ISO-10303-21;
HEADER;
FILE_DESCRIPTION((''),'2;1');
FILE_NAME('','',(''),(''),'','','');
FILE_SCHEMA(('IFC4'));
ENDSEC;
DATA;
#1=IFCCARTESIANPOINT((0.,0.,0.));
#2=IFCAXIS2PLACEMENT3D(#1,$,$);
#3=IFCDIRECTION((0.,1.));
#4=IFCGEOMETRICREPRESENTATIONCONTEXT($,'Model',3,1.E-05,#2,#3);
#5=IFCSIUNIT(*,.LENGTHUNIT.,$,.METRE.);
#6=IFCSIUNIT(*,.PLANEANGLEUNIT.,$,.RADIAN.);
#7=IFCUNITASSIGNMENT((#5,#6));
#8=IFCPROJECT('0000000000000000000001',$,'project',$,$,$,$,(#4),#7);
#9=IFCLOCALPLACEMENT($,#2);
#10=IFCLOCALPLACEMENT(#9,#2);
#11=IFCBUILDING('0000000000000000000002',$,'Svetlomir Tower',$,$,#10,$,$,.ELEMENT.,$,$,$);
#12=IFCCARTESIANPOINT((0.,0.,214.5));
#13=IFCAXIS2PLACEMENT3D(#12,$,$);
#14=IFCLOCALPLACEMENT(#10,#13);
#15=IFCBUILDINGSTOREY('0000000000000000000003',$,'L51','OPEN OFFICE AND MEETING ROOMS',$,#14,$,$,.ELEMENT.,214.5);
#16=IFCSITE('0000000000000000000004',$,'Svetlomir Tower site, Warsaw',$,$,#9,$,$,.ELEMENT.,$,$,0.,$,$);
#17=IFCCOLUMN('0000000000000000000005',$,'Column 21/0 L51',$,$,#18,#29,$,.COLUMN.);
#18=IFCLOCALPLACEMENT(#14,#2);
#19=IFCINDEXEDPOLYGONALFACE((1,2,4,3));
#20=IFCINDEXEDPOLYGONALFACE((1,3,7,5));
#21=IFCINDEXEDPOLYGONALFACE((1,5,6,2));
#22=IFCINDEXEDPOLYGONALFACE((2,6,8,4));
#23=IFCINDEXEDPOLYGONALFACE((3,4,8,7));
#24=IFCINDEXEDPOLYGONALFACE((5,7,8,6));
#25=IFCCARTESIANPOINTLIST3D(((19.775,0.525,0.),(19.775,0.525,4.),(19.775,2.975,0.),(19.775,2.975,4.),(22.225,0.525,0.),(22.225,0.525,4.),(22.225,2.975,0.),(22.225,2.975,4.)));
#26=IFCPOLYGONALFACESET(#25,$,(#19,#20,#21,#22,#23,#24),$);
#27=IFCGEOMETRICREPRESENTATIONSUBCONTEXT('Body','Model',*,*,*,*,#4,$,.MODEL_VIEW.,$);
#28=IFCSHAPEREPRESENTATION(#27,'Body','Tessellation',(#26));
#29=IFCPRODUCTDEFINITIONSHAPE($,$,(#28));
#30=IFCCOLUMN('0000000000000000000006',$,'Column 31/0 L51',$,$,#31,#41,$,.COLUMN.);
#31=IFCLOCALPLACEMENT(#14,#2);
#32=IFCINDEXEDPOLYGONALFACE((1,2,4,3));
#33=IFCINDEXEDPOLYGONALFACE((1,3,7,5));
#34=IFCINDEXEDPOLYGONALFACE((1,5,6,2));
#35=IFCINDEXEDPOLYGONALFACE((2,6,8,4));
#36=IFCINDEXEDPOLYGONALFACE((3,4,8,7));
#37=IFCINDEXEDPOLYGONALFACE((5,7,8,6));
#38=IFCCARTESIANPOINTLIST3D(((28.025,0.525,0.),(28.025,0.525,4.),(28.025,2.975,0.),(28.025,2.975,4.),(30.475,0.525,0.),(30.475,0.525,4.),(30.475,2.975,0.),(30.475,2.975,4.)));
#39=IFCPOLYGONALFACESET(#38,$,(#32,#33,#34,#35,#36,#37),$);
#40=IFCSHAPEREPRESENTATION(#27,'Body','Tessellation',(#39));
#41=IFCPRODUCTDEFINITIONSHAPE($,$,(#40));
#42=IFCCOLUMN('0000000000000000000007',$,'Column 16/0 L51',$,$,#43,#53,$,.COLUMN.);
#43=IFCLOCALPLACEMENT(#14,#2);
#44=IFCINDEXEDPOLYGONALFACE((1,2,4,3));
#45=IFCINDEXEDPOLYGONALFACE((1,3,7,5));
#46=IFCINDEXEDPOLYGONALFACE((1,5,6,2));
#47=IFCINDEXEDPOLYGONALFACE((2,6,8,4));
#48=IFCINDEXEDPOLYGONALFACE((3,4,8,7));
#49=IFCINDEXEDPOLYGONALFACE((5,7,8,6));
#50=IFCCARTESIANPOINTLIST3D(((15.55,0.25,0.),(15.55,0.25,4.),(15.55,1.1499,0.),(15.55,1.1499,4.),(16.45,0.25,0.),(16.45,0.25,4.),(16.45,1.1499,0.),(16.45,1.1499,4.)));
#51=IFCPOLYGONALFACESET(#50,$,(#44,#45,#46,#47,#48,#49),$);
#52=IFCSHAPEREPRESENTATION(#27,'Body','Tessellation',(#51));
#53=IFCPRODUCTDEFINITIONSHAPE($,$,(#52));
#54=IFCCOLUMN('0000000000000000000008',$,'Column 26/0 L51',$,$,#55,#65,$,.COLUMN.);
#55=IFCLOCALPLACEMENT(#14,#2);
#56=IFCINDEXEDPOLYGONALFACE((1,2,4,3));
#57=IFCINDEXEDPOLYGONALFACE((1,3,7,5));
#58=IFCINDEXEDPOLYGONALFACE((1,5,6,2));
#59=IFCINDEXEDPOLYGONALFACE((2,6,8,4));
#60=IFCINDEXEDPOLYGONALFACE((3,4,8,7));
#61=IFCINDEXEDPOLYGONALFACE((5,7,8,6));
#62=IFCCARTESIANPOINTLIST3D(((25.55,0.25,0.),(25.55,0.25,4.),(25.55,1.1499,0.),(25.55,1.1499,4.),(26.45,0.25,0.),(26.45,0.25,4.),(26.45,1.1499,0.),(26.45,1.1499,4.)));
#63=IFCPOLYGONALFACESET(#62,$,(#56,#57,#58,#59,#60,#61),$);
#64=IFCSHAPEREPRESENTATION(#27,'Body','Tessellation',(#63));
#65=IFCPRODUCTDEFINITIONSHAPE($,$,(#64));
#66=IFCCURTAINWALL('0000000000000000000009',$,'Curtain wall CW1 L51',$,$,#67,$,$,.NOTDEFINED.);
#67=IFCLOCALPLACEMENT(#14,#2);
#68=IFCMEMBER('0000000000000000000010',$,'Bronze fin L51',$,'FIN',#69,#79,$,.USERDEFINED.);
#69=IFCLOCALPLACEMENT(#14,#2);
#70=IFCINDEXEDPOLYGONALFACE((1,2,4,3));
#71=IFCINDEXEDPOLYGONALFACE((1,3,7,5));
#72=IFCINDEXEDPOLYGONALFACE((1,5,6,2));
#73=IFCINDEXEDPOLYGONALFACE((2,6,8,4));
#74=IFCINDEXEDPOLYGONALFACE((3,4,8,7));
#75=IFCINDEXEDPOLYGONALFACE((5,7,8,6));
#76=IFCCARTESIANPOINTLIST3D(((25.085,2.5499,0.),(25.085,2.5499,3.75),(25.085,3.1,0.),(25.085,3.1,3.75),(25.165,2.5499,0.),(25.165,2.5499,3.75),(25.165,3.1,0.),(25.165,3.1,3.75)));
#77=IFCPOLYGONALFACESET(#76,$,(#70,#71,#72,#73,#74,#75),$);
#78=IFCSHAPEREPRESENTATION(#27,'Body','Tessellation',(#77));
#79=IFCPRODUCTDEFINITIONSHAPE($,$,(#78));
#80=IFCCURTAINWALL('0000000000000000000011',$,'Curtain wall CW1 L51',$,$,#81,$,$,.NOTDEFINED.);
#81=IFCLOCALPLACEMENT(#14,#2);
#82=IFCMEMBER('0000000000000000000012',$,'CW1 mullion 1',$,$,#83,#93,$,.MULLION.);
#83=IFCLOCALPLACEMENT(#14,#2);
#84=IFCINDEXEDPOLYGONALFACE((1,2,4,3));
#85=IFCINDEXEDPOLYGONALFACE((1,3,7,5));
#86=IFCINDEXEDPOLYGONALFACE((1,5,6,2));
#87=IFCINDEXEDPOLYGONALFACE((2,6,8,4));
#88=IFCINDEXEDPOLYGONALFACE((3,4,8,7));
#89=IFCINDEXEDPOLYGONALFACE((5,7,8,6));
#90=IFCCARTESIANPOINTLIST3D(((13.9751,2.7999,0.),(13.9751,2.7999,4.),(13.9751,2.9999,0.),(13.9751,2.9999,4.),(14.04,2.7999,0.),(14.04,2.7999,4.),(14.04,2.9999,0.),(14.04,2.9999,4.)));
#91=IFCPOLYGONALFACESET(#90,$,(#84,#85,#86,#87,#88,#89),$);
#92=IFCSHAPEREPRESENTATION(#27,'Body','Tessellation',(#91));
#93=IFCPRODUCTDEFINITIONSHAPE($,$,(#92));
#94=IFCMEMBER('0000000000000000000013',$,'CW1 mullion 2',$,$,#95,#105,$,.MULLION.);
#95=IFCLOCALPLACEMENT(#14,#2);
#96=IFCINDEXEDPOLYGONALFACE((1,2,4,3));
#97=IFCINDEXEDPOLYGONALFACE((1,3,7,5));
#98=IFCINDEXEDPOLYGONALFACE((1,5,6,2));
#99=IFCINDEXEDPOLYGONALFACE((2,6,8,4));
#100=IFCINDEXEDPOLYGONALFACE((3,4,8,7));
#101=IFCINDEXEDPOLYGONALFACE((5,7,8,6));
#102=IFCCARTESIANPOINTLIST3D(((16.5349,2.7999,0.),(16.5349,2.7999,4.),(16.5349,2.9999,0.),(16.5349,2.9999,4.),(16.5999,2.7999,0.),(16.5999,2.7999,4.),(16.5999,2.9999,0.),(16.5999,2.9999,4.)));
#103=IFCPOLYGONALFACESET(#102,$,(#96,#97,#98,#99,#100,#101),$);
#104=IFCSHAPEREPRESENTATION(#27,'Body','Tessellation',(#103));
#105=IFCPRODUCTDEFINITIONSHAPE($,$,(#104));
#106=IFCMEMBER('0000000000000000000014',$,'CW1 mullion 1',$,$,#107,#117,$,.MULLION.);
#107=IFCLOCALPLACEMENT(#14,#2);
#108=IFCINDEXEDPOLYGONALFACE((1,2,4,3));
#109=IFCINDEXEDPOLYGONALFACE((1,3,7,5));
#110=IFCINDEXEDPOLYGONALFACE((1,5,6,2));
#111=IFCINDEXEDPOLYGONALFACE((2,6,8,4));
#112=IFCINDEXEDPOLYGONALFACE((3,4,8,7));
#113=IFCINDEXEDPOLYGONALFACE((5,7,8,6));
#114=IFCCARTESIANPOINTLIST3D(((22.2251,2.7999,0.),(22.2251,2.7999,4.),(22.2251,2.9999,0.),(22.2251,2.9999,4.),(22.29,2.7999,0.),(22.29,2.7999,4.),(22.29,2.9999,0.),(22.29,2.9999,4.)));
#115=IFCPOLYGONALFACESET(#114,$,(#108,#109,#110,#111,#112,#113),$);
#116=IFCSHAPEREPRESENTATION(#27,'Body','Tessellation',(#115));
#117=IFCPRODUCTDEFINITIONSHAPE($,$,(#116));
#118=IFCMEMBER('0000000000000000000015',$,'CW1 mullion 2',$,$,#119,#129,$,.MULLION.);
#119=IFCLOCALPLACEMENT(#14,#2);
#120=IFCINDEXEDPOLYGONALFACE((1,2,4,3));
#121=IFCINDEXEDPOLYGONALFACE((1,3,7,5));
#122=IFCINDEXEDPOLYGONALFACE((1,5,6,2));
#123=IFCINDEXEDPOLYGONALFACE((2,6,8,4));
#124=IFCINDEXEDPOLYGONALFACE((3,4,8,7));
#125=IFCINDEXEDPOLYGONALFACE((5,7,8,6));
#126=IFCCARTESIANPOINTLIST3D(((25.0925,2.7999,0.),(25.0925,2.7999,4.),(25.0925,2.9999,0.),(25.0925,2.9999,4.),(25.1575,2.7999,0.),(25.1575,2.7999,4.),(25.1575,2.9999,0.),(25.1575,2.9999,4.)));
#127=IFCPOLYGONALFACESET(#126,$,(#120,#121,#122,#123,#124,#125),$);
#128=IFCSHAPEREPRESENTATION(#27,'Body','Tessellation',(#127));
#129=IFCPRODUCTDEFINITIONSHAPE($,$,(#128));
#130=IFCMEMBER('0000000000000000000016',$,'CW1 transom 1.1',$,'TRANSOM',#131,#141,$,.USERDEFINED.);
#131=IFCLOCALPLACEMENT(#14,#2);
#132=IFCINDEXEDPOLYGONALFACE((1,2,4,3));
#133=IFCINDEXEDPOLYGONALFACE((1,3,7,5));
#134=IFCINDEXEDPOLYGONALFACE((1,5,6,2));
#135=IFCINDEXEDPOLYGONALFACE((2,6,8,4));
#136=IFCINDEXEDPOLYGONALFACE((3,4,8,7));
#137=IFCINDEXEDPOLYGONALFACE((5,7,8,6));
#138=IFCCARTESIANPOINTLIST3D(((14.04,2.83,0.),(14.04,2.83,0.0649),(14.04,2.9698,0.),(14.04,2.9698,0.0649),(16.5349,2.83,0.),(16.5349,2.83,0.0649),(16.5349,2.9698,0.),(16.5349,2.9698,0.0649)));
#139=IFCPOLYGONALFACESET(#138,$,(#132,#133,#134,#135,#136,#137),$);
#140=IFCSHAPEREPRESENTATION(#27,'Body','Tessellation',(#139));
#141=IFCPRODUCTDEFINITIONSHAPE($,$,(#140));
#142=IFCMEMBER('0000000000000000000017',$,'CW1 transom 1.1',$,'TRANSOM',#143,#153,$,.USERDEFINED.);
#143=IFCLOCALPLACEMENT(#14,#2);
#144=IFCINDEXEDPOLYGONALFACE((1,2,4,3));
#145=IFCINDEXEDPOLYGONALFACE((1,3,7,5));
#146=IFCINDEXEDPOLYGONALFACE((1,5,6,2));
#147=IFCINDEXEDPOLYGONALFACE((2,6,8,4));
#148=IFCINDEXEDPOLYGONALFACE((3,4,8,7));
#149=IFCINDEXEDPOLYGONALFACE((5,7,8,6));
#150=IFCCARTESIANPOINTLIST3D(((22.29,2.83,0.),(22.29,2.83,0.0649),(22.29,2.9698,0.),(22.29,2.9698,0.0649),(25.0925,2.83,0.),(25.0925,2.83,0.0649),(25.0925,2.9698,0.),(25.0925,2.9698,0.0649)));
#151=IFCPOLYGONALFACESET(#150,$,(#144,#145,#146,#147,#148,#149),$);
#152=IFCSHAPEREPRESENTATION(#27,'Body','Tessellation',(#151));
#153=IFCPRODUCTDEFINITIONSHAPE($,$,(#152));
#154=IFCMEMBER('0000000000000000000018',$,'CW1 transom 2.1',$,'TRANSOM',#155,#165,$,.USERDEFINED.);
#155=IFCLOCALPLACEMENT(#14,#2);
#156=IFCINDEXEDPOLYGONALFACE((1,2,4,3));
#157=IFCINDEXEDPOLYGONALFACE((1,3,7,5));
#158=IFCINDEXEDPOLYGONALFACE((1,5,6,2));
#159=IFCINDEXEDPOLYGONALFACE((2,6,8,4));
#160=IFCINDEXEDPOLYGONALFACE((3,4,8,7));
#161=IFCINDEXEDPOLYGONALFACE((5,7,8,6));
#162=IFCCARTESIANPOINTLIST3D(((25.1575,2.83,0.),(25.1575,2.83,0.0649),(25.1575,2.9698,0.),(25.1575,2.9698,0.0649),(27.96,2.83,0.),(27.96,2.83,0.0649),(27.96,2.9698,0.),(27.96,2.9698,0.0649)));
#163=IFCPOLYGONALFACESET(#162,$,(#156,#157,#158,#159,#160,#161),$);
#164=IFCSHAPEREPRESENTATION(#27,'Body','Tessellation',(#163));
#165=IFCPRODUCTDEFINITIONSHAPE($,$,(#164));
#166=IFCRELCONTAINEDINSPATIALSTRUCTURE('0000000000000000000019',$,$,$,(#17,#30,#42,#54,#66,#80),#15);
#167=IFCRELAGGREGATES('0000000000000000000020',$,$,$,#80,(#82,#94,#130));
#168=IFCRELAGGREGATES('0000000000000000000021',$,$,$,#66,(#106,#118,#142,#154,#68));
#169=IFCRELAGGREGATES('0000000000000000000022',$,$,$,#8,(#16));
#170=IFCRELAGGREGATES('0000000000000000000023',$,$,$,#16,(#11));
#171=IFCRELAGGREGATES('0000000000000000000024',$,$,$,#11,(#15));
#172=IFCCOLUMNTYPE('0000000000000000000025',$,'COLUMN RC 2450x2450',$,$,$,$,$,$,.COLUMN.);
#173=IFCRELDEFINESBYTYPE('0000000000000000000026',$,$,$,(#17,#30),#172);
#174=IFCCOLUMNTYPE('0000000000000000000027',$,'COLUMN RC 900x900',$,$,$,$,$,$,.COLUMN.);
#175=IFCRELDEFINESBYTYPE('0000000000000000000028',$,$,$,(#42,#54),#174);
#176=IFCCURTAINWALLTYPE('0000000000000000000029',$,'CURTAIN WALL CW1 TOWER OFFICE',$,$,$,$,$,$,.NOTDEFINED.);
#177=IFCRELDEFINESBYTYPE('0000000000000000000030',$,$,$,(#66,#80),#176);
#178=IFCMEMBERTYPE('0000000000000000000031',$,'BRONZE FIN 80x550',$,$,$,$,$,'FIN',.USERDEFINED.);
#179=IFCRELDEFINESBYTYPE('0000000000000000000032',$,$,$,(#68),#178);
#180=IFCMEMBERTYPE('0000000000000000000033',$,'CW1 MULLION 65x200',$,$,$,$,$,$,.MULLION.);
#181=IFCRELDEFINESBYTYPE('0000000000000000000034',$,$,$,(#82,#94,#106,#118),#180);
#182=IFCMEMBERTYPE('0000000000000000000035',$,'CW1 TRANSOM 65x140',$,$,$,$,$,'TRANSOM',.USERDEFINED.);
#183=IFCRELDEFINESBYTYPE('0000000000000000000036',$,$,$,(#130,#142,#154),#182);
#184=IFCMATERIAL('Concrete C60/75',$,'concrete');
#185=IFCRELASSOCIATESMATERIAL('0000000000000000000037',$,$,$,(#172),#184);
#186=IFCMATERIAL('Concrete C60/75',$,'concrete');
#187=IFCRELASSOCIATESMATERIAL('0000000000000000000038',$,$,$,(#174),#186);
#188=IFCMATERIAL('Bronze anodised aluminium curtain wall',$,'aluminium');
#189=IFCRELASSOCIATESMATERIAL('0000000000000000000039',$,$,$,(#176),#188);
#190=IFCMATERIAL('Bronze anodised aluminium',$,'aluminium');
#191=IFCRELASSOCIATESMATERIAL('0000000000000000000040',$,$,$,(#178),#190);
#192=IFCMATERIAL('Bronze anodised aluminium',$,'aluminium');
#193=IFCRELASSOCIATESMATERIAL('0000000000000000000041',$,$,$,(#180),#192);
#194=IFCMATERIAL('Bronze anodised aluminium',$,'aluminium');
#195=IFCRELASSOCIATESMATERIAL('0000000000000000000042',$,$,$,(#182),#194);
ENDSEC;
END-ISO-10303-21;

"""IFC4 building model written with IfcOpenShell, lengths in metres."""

from ifc_helpers import new_model, si_unit, direction, frame, origin, origin_2d, place, context, subcontext, project, spatial, rectangle, extrude, material, material_profile, profile_set, type_object, element, aggregate, save


model = new_model("IFC4")

# Units and contexts
model_context = context("Model", 3, precision=1e-05, world=origin(), true_north=direction((0.0, 1.0)))
body_context = subcontext(model_context, "Body", "Model", "MODEL_VIEW")
ifc_project = project(units=[si_unit("LENGTHUNIT", "METRE"), si_unit("PLANEANGLEUNIT", "RADIAN")], contexts=[model_context])

# Site, building, storey
site_placement = place(None, origin())
site = spatial("IfcSite", under=ifc_project, at=site_placement, Name="Svetlomir Tower site, Warsaw", CompositionType="ELEMENT", RefElevation=0.0)
building_placement = place(site_placement, origin())
building = spatial("IfcBuilding", under=site, at=building_placement, Name="Svetlomir Tower", CompositionType="ELEMENT")
storey_placement = place(building_placement, frame((0.0, 0.0, 214.5)))
storey = spatial("IfcBuildingStorey", under=building, at=storey_placement, Name="L51", Description="OPEN OFFICE AND MEETING ROOMS", CompositionType="ELEMENT", Elevation=214.5)

# Columns
ifc_material_1 = material(Name="Concrete C60/75", Category="concrete")
ifc_material_profile_1 = material_profile(ifc_material_1, rectangle(XDim=2.45, YDim=2.45, at=origin_2d()), Name="RC 2450x2450")
ifc_profile_set_1 = profile_set([ifc_material_profile_1], Name="Concrete C60/75")
column_type_1 = type_object("IfcColumnType", Name="COLUMN RC 2450x2450", PredefinedType="COLUMN", material=ifc_profile_set_1)
for number, where, z_axis, x_axis, name in (
    (1, (21.0, 1.75, 0.0), (0.0, 0.0, 1.0), (1.0, 0.0, 0.0), "Column 21/0 L51"),
    (2, (29.25, 1.75, 0.0), (0.0, 0.0, 1.0), (1.0, 0.0, 0.0), "Column 31/0 L51"),
):
    element("IfcColumn", number, at=place(storey_placement, frame(where, z_axis=z_axis, x_axis=x_axis)), inside=storey, type_object=column_type_1, Name=name, PredefinedType="COLUMN", context=body_context, shape_type="SweptSolid", body=[
        extrude(rectangle(XDim=2.45, YDim=2.45, at=origin_2d()), origin(), (0.0, 0.0, 1.0), 4.0),
    ])
ifc_material_2 = material(Name="Concrete C60/75", Category="concrete")
ifc_material_profile_2 = material_profile(ifc_material_2, rectangle(XDim=0.8999, YDim=0.8999, at=origin_2d()), Name="RC 900x900")
ifc_profile_set_2 = profile_set([ifc_material_profile_2], Name="Concrete C60/75")
column_type_2 = type_object("IfcColumnType", Name="COLUMN RC 900x900", PredefinedType="COLUMN", material=ifc_profile_set_2)
for number, where, z_axis, x_axis, name in (
    (3, (16.0, 0.7, 0.0), (0.0, 0.0, 1.0), (1.0, 0.0, 0.0), "Column 16/0 L51"),
    (4, (26.0, 0.7, 0.0), (0.0, 0.0, 1.0), (1.0, 0.0, 0.0), "Column 26/0 L51"),
):
    element("IfcColumn", number, at=place(storey_placement, frame(where, z_axis=z_axis, x_axis=x_axis)), inside=storey, type_object=column_type_2, Name=name, PredefinedType="COLUMN", context=body_context, shape_type="SweptSolid", body=[
        extrude(rectangle(XDim=0.8999, YDim=0.8999, at=origin_2d()), origin(), (0.0, 0.0, 1.0), 4.0),
    ])

# Curtain wall, member
ifc_material_3 = material(Name="Bronze anodised aluminium curtain wall", Category="aluminium")
curtain_wall_type = type_object("IfcCurtainWallType", Name="CURTAIN WALL CW1 TOWER OFFICE", PredefinedType="NOTDEFINED", material=ifc_material_3)
curtain_wall_1_placement = place(storey_placement, origin())
curtain_wall_1 = element("IfcCurtainWall", 5, at=curtain_wall_1_placement, inside=storey, type_object=curtain_wall_type, Name="Curtain wall CW1 L51", PredefinedType="NOTDEFINED")
ifc_material_4 = material(Name="Bronze anodised aluminium", Category="aluminium")
ifc_material_profile_3 = material_profile(ifc_material_4, rectangle(XDim=0.0801, YDim=0.55, at=origin_2d()), Name="FIN 80x550")
ifc_profile_set_3 = profile_set([ifc_material_profile_3], Name="Bronze anodised aluminium 6063-T6")
member_type_1 = type_object("IfcMemberType", Name="BRONZE FIN 80x550", ElementType="FIN", PredefinedType="USERDEFINED", material=ifc_profile_set_3)
member_1_placement = place(storey_placement, frame((25.125, 2.825, 0.0), z_axis=(0.0, 0.0, 1.0), x_axis=(1.0, 0.0, 0.0)))
member_1 = element("IfcMember", 6, at=member_1_placement, type_object=member_type_1, Name="Bronze fin L51", ObjectType="FIN", PredefinedType="USERDEFINED", context=body_context, shape_type="SweptSolid", body=[
    extrude(rectangle(XDim=0.0801, YDim=0.55, at=origin_2d()), origin(), (0.0, 0.0, 1.0), 3.75),
])

# Curtain wall, members
curtain_wall_2_placement = place(storey_placement, origin())
curtain_wall_2 = element("IfcCurtainWall", 7, at=curtain_wall_2_placement, inside=storey, type_object=curtain_wall_type, Name="Curtain wall CW1 L51", PredefinedType="NOTDEFINED")
ifc_material_5 = material(Name="Bronze anodised aluminium", Category="aluminium")
ifc_material_profile_4 = material_profile(ifc_material_5, rectangle(XDim=0.0649, YDim=0.2, at=origin_2d()), Name="AL 65x200")
ifc_profile_set_4 = profile_set([ifc_material_profile_4], Name="Bronze anodised aluminium 6063-T6")
member_type_2 = type_object("IfcMemberType", Name="CW1 MULLION 65x200", PredefinedType="MULLION", material=ifc_profile_set_4)
member_2_placement = place(storey_placement, frame((14.0076, 2.8999, 0.0), z_axis=(0.0, 0.0, 1.0), x_axis=(1.0, 0.0, 0.0)))
member_2 = element("IfcMember", 8, at=member_2_placement, type_object=member_type_2, Name="CW1 mullion 1", PredefinedType="MULLION", context=body_context, shape_type="SweptSolid", body=[
    extrude(rectangle(XDim=0.0649, YDim=0.2, at=origin_2d()), origin(), (0.0, 0.0, 1.0), 4.0),
])
member_3_placement = place(storey_placement, frame((16.5674, 2.8999, 0.0), z_axis=(0.0, 0.0, 1.0), x_axis=(1.0, 0.0, 0.0)))
member_3 = element("IfcMember", 9, at=member_3_placement, type_object=member_type_2, Name="CW1 mullion 2", PredefinedType="MULLION", context=body_context, shape_type="SweptSolid", body=[
    extrude(rectangle(XDim=0.0649, YDim=0.2, at=origin_2d()), origin(), (0.0, 0.0, 1.0), 4.0),
])

# Members
member_4_placement = place(storey_placement, frame((22.2576, 2.8999, 0.0), z_axis=(0.0, 0.0, 1.0), x_axis=(1.0, 0.0, 0.0)))
member_4 = element("IfcMember", 10, at=member_4_placement, type_object=member_type_2, Name="CW1 mullion 1", PredefinedType="MULLION", context=body_context, shape_type="SweptSolid", body=[
    extrude(rectangle(XDim=0.0649, YDim=0.2, at=origin_2d()), origin(), (0.0, 0.0, 1.0), 4.0),
])
member_5_placement = place(storey_placement, frame((25.125, 2.8999, 0.0), z_axis=(0.0, 0.0, 1.0), x_axis=(1.0, 0.0, 0.0)))
member_5 = element("IfcMember", 11, at=member_5_placement, type_object=member_type_2, Name="CW1 mullion 2", PredefinedType="MULLION", context=body_context, shape_type="SweptSolid", body=[
    extrude(rectangle(XDim=0.0649, YDim=0.2, at=origin_2d()), origin(), (0.0, 0.0, 1.0), 4.0),
])
ifc_material_6 = material(Name="Bronze anodised aluminium", Category="aluminium")
ifc_material_profile_5 = material_profile(ifc_material_6, rectangle(XDim=0.1399, YDim=0.0649, at=origin_2d()), Name="AL 140x65")
ifc_profile_set_5 = profile_set([ifc_material_profile_5], Name="Bronze anodised aluminium 6063-T6")
member_type_3 = type_object("IfcMemberType", Name="CW1 TRANSOM 65x140", ElementType="TRANSOM", PredefinedType="USERDEFINED", material=ifc_profile_set_5)
member_6_placement = place(storey_placement, frame((14.04, 2.8999, 0.0325), z_axis=(1.0, 0.0, 0.0), x_axis=(0.0, 1.0, 0.0)))
member_6 = element("IfcMember", 12, at=member_6_placement, type_object=member_type_3, Name="CW1 transom 1.1", ObjectType="TRANSOM", PredefinedType="USERDEFINED", context=body_context, shape_type="SweptSolid", body=[
    extrude(rectangle(XDim=0.1399, YDim=0.0649, at=origin_2d()), origin(), (0.0, 0.0, 1.0), 2.4949),
])
member_7_placement = place(storey_placement, frame((22.29, 2.8999, 0.0325), z_axis=(1.0, 0.0, 0.0), x_axis=(0.0, 1.0, 0.0)))
member_7 = element("IfcMember", 13, at=member_7_placement, type_object=member_type_3, Name="CW1 transom 1.1", ObjectType="TRANSOM", PredefinedType="USERDEFINED", context=body_context, shape_type="SweptSolid", body=[
    extrude(rectangle(XDim=0.1399, YDim=0.0649, at=origin_2d()), origin(), (0.0, 0.0, 1.0), 2.8025),
])
member_8_placement = place(storey_placement, frame((25.1575, 2.8999, 0.0325), z_axis=(1.0, 0.0, 0.0), x_axis=(0.0, 1.0, 0.0)))
member_8 = element("IfcMember", 14, at=member_8_placement, type_object=member_type_3, Name="CW1 transom 2.1", ObjectType="TRANSOM", PredefinedType="USERDEFINED", context=body_context, shape_type="SweptSolid", body=[
    extrude(rectangle(XDim=0.1399, YDim=0.0649, at=origin_2d()), origin(), (0.0, 0.0, 1.0), 2.8025),
])

aggregate(curtain_wall_2, [member_2, member_3, member_6])
aggregate(curtain_wall_1, [member_4, member_5, member_7, member_8, member_1])

save(model, "model.ifc")
